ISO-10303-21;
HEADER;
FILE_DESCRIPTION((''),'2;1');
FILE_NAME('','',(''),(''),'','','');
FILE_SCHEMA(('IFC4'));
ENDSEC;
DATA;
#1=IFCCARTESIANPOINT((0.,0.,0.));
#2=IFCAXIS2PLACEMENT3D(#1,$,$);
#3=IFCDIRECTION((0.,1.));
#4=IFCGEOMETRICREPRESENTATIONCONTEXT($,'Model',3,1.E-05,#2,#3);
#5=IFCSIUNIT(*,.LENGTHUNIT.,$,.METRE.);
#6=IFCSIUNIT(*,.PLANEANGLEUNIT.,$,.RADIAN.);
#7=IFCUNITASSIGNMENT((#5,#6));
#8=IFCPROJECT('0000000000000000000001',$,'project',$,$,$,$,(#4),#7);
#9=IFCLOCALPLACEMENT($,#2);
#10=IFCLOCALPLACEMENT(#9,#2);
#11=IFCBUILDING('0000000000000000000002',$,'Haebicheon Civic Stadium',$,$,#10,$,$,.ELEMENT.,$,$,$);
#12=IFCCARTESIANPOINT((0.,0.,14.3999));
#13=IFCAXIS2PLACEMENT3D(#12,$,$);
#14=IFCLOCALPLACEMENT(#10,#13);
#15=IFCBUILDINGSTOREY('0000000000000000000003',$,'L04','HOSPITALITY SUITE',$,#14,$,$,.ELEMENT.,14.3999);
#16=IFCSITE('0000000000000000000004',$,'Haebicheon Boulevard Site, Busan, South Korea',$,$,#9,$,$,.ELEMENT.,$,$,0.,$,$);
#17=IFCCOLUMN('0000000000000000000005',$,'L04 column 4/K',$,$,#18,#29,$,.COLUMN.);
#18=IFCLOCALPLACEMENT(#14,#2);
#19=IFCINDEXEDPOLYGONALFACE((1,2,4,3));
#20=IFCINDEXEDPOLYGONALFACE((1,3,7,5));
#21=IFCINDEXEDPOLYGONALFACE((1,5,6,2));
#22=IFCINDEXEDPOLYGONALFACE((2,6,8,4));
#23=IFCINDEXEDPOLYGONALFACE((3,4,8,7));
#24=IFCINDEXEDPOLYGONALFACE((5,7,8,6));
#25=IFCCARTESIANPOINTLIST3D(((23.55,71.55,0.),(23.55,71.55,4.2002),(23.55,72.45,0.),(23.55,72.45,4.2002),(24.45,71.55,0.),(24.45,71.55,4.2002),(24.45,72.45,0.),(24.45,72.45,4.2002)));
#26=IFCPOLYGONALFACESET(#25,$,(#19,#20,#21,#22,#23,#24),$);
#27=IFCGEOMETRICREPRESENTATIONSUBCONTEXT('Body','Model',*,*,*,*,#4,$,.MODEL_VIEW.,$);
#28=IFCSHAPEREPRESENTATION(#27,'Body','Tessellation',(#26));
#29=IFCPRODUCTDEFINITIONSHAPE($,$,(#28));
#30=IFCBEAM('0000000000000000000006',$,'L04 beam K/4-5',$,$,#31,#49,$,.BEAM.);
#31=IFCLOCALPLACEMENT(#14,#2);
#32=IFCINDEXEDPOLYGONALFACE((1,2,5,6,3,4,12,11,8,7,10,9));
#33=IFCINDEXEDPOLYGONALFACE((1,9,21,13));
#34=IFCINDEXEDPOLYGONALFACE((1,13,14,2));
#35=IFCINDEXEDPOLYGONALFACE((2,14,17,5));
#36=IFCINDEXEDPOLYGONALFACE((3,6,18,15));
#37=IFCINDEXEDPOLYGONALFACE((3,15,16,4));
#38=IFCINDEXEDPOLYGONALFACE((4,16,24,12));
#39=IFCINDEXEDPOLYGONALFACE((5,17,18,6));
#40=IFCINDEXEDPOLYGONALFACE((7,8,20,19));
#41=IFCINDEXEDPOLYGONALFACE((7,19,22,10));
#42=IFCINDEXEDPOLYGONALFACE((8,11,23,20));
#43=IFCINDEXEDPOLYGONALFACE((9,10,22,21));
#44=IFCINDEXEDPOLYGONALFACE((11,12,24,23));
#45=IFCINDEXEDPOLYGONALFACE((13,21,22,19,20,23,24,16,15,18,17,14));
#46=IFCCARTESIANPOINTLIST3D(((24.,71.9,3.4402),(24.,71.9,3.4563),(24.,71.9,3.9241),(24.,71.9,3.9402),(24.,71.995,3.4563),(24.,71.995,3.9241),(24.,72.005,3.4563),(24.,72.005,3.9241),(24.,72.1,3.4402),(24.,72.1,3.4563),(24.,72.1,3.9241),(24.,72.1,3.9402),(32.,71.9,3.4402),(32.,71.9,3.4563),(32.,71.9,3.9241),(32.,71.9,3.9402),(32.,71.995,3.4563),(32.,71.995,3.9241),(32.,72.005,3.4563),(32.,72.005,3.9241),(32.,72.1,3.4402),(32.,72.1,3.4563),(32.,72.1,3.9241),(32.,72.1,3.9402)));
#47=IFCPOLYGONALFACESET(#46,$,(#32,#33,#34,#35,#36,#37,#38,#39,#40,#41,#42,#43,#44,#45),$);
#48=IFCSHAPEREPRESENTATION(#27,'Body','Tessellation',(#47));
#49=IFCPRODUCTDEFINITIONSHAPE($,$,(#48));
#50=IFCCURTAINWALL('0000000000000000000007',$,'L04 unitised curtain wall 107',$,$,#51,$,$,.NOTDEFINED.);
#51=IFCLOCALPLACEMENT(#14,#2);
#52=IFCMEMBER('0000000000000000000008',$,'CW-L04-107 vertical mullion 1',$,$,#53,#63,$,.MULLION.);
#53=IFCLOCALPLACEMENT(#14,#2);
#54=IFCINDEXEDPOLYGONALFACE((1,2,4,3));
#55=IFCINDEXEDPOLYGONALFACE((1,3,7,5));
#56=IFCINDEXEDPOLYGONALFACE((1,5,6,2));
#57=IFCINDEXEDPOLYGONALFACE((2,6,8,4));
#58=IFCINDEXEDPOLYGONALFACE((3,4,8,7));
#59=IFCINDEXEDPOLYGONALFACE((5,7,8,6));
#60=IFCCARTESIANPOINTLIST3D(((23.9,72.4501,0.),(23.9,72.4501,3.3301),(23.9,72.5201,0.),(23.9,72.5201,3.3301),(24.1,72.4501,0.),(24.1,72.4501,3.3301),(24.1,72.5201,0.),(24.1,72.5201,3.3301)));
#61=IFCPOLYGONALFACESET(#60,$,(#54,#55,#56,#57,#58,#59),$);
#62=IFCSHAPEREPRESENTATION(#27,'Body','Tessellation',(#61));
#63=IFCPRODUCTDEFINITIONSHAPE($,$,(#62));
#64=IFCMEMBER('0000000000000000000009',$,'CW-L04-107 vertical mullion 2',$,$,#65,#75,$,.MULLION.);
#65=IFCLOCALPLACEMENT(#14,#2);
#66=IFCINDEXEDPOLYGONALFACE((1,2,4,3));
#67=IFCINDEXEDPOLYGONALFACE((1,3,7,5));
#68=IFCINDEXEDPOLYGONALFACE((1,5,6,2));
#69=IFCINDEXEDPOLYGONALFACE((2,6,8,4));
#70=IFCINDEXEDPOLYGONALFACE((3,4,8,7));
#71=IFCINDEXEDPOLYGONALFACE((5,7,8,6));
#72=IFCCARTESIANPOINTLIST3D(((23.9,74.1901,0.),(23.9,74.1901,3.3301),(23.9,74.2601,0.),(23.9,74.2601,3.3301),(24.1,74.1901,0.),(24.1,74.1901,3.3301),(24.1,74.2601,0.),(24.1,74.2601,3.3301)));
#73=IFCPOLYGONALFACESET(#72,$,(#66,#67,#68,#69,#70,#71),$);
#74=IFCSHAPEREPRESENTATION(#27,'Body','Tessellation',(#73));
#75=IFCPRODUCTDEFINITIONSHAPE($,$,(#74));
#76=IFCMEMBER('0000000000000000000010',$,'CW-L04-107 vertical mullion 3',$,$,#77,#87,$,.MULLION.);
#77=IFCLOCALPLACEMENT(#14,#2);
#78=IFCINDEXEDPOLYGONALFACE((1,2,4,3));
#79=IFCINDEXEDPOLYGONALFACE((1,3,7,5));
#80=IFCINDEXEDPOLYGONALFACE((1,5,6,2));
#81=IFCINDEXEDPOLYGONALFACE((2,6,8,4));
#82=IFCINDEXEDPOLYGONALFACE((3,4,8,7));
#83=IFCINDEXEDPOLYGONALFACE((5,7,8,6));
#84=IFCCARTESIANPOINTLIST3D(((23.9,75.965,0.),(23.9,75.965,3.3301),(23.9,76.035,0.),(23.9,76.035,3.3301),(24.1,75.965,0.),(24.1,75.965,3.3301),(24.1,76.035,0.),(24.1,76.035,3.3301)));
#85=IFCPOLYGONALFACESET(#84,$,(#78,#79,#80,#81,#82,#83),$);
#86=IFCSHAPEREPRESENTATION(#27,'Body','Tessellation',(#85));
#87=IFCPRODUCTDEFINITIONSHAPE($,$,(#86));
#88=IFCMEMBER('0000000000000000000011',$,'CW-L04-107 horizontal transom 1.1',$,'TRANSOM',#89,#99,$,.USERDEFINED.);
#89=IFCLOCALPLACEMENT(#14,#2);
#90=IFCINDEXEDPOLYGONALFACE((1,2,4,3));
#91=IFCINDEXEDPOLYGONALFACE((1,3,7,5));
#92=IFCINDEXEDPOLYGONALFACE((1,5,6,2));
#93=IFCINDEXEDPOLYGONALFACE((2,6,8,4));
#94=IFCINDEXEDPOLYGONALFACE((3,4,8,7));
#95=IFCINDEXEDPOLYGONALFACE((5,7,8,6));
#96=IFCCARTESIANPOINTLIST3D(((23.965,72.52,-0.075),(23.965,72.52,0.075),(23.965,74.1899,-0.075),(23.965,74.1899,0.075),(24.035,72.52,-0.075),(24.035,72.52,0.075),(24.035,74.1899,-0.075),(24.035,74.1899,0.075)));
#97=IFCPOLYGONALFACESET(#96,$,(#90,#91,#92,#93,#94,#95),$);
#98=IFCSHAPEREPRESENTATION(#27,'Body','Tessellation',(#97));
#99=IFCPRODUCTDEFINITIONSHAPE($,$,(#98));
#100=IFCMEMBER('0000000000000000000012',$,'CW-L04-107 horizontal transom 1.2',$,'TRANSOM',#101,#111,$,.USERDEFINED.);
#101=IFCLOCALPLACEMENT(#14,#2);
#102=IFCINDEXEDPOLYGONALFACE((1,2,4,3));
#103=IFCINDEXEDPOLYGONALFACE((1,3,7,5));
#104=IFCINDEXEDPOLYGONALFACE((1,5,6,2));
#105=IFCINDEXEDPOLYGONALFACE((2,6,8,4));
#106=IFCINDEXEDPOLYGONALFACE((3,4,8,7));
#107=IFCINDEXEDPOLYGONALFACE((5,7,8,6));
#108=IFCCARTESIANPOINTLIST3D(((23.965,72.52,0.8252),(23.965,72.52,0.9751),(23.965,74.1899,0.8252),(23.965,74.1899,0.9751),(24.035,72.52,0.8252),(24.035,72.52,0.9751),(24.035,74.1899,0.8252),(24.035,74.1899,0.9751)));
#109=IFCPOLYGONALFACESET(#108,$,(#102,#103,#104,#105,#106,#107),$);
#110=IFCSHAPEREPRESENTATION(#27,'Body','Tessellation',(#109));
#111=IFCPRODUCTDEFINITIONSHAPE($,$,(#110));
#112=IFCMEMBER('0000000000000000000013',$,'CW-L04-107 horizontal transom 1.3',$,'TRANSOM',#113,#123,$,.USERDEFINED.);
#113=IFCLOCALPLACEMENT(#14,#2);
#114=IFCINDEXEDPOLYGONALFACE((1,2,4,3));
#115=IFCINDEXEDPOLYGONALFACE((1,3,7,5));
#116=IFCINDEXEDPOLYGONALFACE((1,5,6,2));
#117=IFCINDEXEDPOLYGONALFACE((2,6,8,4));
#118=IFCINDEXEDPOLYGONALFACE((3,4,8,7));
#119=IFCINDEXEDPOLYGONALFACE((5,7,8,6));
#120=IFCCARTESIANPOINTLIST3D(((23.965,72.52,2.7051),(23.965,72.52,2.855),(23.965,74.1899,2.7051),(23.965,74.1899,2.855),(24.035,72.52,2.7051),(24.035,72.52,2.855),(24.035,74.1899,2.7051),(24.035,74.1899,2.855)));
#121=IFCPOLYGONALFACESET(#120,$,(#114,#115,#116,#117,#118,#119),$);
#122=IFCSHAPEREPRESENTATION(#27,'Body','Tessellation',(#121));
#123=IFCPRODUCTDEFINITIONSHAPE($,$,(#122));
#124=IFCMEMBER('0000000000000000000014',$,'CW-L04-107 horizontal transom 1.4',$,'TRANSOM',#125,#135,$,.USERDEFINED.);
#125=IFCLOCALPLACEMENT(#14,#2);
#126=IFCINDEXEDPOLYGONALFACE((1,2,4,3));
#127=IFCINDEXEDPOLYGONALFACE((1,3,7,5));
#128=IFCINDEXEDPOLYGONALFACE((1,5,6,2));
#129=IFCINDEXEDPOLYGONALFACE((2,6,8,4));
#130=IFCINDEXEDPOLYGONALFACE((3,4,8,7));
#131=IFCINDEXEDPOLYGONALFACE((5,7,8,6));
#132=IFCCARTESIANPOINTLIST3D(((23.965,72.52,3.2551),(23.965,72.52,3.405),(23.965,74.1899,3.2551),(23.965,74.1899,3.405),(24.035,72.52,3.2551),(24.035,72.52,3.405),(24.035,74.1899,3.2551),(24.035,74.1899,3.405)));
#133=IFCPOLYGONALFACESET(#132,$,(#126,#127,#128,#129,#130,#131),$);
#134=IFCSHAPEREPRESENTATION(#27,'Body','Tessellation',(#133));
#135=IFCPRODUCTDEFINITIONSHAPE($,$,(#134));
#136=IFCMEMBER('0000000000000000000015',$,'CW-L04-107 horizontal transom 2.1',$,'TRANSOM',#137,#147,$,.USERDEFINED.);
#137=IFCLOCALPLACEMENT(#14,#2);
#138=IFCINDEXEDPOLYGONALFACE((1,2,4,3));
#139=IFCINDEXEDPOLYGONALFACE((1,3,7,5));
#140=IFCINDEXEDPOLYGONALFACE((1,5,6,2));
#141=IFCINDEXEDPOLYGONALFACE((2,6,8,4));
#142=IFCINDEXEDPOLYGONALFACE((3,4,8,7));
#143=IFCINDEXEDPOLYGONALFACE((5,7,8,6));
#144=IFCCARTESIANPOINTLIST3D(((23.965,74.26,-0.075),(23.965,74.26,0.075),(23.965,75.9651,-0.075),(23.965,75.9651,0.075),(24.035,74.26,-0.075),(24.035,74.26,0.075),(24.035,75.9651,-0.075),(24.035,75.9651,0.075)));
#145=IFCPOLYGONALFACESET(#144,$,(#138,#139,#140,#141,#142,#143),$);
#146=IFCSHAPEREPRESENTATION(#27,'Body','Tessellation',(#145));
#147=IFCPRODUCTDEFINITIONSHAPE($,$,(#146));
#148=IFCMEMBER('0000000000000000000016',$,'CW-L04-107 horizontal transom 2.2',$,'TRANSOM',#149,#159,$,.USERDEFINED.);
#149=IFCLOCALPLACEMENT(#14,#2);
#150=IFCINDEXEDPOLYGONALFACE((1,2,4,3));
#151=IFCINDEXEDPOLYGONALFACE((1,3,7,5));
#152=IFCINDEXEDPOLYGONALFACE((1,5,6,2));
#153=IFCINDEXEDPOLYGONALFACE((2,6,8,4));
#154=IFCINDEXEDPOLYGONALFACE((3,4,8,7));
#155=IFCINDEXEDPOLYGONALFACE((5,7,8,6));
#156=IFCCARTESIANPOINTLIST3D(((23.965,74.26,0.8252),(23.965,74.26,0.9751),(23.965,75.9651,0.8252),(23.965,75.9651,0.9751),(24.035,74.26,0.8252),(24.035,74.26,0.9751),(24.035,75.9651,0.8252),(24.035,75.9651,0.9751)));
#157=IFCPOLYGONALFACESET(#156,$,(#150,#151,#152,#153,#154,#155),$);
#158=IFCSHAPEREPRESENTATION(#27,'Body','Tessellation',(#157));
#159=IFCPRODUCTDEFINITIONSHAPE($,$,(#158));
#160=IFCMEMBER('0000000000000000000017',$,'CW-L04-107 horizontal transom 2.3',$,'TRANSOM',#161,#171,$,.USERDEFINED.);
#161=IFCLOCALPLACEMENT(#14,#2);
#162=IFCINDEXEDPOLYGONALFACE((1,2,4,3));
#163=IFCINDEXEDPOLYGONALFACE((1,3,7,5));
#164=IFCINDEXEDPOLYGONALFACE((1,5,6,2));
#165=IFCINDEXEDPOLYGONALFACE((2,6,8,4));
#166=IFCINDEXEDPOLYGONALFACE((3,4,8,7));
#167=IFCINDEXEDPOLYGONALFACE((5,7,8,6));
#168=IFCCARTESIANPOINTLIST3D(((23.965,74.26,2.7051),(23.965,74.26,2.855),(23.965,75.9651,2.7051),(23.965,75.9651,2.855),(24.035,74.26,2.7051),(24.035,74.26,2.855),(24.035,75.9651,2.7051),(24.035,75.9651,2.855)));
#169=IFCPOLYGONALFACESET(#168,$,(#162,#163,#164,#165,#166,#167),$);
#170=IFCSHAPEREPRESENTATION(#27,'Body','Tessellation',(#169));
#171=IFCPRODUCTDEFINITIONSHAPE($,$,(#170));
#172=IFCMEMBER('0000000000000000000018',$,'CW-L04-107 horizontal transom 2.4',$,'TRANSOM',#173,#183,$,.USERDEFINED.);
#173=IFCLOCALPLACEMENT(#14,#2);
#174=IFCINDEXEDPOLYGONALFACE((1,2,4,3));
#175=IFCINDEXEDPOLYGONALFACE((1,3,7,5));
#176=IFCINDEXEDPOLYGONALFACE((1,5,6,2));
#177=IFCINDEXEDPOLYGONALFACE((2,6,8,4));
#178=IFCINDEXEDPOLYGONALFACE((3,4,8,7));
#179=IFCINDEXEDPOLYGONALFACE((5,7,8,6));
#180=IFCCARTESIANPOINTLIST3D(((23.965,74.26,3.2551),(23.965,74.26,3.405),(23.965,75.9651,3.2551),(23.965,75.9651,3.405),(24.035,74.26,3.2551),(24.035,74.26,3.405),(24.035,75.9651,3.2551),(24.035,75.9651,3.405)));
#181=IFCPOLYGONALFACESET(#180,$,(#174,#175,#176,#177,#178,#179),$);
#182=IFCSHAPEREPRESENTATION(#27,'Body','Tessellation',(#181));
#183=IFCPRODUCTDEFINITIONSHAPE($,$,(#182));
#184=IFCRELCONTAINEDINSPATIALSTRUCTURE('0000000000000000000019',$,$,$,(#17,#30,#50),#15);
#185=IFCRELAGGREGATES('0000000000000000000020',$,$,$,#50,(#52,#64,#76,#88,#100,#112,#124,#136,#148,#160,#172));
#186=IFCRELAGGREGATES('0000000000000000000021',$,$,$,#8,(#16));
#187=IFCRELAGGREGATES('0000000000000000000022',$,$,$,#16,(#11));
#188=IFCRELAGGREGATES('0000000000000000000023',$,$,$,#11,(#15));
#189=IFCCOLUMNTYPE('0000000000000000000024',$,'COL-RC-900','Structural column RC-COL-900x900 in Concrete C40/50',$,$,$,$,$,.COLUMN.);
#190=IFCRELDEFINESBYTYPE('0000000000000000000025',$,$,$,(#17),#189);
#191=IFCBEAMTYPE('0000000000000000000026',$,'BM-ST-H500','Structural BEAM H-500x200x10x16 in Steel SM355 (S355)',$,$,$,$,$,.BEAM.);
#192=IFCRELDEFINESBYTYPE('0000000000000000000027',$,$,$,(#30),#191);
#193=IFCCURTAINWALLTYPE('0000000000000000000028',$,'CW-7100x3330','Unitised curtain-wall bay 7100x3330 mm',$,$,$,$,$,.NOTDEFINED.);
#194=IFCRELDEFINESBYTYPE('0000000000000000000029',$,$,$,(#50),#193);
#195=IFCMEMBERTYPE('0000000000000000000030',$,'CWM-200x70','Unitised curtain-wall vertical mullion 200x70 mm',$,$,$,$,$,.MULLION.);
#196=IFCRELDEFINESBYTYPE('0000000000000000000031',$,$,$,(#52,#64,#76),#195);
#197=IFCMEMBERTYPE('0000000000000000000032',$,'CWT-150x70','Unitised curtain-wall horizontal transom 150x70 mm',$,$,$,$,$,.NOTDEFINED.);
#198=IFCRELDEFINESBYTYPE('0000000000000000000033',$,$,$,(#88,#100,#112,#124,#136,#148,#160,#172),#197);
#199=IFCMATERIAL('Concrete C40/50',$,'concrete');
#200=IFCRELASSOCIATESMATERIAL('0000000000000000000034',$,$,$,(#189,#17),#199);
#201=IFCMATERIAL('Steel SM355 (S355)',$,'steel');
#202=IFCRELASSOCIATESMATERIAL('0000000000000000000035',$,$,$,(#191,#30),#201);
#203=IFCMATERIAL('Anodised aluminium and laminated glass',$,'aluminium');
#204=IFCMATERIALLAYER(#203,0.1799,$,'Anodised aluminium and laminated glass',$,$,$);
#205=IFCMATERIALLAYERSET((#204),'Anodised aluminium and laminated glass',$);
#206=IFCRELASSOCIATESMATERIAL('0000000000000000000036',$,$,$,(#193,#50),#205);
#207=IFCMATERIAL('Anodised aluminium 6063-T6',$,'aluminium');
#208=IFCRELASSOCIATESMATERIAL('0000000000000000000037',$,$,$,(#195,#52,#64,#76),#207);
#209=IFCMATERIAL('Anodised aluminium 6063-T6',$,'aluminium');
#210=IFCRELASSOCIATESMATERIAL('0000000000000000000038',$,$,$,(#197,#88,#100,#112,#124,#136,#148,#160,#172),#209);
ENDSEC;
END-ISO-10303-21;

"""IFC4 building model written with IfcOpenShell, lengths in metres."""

from ifc_helpers import new_model, si_unit, direction, frame, origin, origin_2d, place, context, subcontext, project, spatial, rectangle, i_section, extrude, material, layer, layer_set, material_profile, profile_set, type_object, element, aggregate, save


model = new_model("IFC4")

# Units and contexts
model_context = context("Model", 3, precision=1e-05, world=origin(), true_north=direction((0.0, 1.0)))
body_context = subcontext(model_context, "Body", "Model", "MODEL_VIEW")
ifc_project = project(units=[si_unit("LENGTHUNIT", "METRE"), si_unit("PLANEANGLEUNIT", "RADIAN")], contexts=[model_context])

# Site, building, storey
site_placement = place(None, origin())
site = spatial("IfcSite", under=ifc_project, at=site_placement, Name="Haebicheon Boulevard Site, Busan, South Korea", CompositionType="ELEMENT", RefElevation=0.0)
building_placement = place(site_placement, origin())
building = spatial("IfcBuilding", under=site, at=building_placement, Name="Haebicheon Civic Stadium", CompositionType="ELEMENT")
storey_placement = place(building_placement, frame((0.0, 0.0, 14.3999)))
storey = spatial("IfcBuildingStorey", under=building, at=storey_placement, Name="L04", Description="HOSPITALITY SUITE", CompositionType="ELEMENT", Elevation=14.3999)

# Column
ifc_material_1 = material(Name="Concrete C40/50", Category="concrete")
ifc_material_profile_1 = material_profile(ifc_material_1, rectangle(XDim=0.8999, YDim=0.8999, at=origin_2d()), Name="RC-COL-900x900")
ifc_profile_set_1 = profile_set([ifc_material_profile_1], Name="Concrete C40/50")
column_type = type_object("IfcColumnType", Name="COL-RC-900", Description="Structural column RC-COL-900x900 in Concrete C40/50", PredefinedType="COLUMN", material=ifc_profile_set_1)
column_placement = place(storey_placement, frame((24.0, 72.0, 0.0), z_axis=(0.0, 0.0, 1.0), x_axis=(1.0, 0.0, 0.0)))
element("IfcColumn", 1, at=column_placement, inside=storey, type_object=column_type, material=ifc_profile_set_1, Name="L04 column 4/K", PredefinedType="COLUMN", context=body_context, shape_type="SweptSolid", body=[
    extrude(rectangle(XDim=0.8999, YDim=0.8999, at=origin_2d()), origin(), (0.0, 0.0, 1.0), 4.2002),
])

# Beam
ifc_material_2 = material(Name="Steel SM355 (S355)", Category="steel")
ifc_material_profile_2 = material_profile(ifc_material_2, i_section(OverallWidth=0.2, OverallDepth=0.5, WebThickness=0.01, FlangeThickness=0.0161, at=origin_2d()), Name="H-500x200x10x16")
ifc_profile_set_2 = profile_set([ifc_material_profile_2], Name="Steel SM355 (S355)")
beam_type_1 = type_object("IfcBeamType", Name="BM-ST-H500", Description="Structural BEAM H-500x200x10x16 in Steel SM355 (S355)", PredefinedType="BEAM", material=ifc_profile_set_2)
beam_1_placement = place(storey_placement, frame((24.0, 72.0, 3.6902), z_axis=(1.0, 0.0, 0.0), x_axis=(0.0, 1.0, 0.0)))
element("IfcBeam", 2, at=beam_1_placement, inside=storey, type_object=beam_type_1, material=ifc_profile_set_2, Name="L04 beam K/4-5", PredefinedType="BEAM", context=body_context, shape_type="SweptSolid", body=[
    extrude(i_section(OverallWidth=0.2, OverallDepth=0.5, WebThickness=0.01, FlangeThickness=0.0161, at=origin_2d()), origin(), (0.0, 0.0, 1.0), 8.0),
])

# Curtain wall, members
ifc_material_3 = material(Name="Anodised aluminium and laminated glass", Category="aluminium")
ifc_layer_1 = layer(ifc_material_3, 0.1799, Name="Anodised aluminium and laminated glass")
ifc_layer_set_1 = layer_set([ifc_layer_1], Name="Anodised aluminium and laminated glass")
curtain_wall_type = type_object("IfcCurtainWallType", Name="CW-7100x3330", Description="Unitised curtain-wall bay 7100x3330 mm", PredefinedType="NOTDEFINED", material=ifc_layer_set_1)
curtain_wall_placement = place(storey_placement, origin())
curtain_wall = element("IfcCurtainWall", 3, at=curtain_wall_placement, inside=storey, type_object=curtain_wall_type, material=ifc_layer_set_1, Name="L04 unitised curtain wall 107", PredefinedType="NOTDEFINED")
ifc_material_4 = material(Name="Anodised aluminium 6063-T6", Category="aluminium")
ifc_material_profile_3 = material_profile(ifc_material_4, rectangle(XDim=0.0701, YDim=0.2, at=origin_2d()), Name="ALU-MULL-70x200")
ifc_profile_set_3 = profile_set([ifc_material_profile_3], Name="Anodised aluminium 6063-T6")
member_type_1 = type_object("IfcMemberType", Name="CWM-200x70", Description="Unitised curtain-wall vertical mullion 200x70 mm", PredefinedType="MULLION", material=ifc_profile_set_3)
member_1_placement = place(storey_placement, frame((24.0, 72.4851, 0.0), z_axis=(0.0, 0.0, 1.0), x_axis=(0.0, 1.0, 0.0)))
member_1 = element("IfcMember", 4, at=member_1_placement, type_object=member_type_1, material=ifc_profile_set_3, Name="CW-L04-107 vertical mullion 1", PredefinedType="MULLION", context=body_context, shape_type="SweptSolid", body=[
    extrude(rectangle(XDim=0.0701, YDim=0.2, at=origin_2d()), origin(), (0.0, 0.0, 1.0), 3.3301),
])
member_2_placement = place(storey_placement, frame((24.0, 74.2251, 0.0), z_axis=(0.0, 0.0, 1.0), x_axis=(0.0, 1.0, 0.0)))
member_2 = element("IfcMember", 5, at=member_2_placement, type_object=member_type_1, material=ifc_profile_set_3, Name="CW-L04-107 vertical mullion 2", PredefinedType="MULLION", context=body_context, shape_type="SweptSolid", body=[
    extrude(rectangle(XDim=0.0701, YDim=0.2, at=origin_2d()), origin(), (0.0, 0.0, 1.0), 3.3301),
])
member_3_placement = place(storey_placement, frame((24.0, 76.0, 0.0), z_axis=(0.0, 0.0, 1.0), x_axis=(0.0, 1.0, 0.0)))
member_3 = element("IfcMember", 6, at=member_3_placement, type_object=member_type_1, material=ifc_profile_set_3, Name="CW-L04-107 vertical mullion 3", PredefinedType="MULLION", context=body_context, shape_type="SweptSolid", body=[
    extrude(rectangle(XDim=0.0701, YDim=0.2, at=origin_2d()), origin(), (0.0, 0.0, 1.0), 3.3301),
])
ifc_material_5 = material(Name="Anodised aluminium 6063-T6", Category="aluminium")
ifc_material_profile_4 = material_profile(ifc_material_5, rectangle(XDim=0.0701, YDim=0.1499, at=origin_2d()), Name="ALU-TRAN-70x150")
ifc_profile_set_4 = profile_set([ifc_material_profile_4], Name="Anodised aluminium 6063-T6")
member_type_2 = type_object("IfcMemberType", Name="CWT-150x70", Description="Unitised curtain-wall horizontal transom 150x70 mm", PredefinedType="NOTDEFINED", material=ifc_profile_set_4)
member_4_placement = place(storey_placement, frame((24.0, 72.52, 0.0), z_axis=(0.0, 1.0, 0.0), x_axis=(-1.0, 0.0, 0.0)))
member_4 = element("IfcMember", 7, at=member_4_placement, type_object=member_type_2, material=ifc_profile_set_4, Name="CW-L04-107 horizontal transom 1.1", ObjectType="TRANSOM", PredefinedType="USERDEFINED", context=body_context, shape_type="SweptSolid", body=[
    extrude(rectangle(XDim=0.0701, YDim=0.1499, at=origin_2d()), origin(), (0.0, 0.0, 1.0), 1.6699),
])
member_5_placement = place(storey_placement, frame((24.0, 72.52, 0.9001), z_axis=(0.0, 1.0, 0.0), x_axis=(-1.0, 0.0, 0.0)))
member_5 = element("IfcMember", 8, at=member_5_placement, type_object=member_type_2, material=ifc_profile_set_4, Name="CW-L04-107 horizontal transom 1.2", ObjectType="TRANSOM", PredefinedType="USERDEFINED", context=body_context, shape_type="SweptSolid", body=[
    extrude(rectangle(XDim=0.0701, YDim=0.1499, at=origin_2d()), origin(), (0.0, 0.0, 1.0), 1.6699),
])
member_6_placement = place(storey_placement, frame((24.0, 72.52, 2.78), z_axis=(0.0, 1.0, 0.0), x_axis=(-1.0, 0.0, 0.0)))
member_6 = element("IfcMember", 9, at=member_6_placement, type_object=member_type_2, material=ifc_profile_set_4, Name="CW-L04-107 horizontal transom 1.3", ObjectType="TRANSOM", PredefinedType="USERDEFINED", context=body_context, shape_type="SweptSolid", body=[
    extrude(rectangle(XDim=0.0701, YDim=0.1499, at=origin_2d()), origin(), (0.0, 0.0, 1.0), 1.6699),
])
member_7_placement = place(storey_placement, frame((24.0, 72.52, 3.3301), z_axis=(0.0, 1.0, 0.0), x_axis=(-1.0, 0.0, 0.0)))
member_7 = element("IfcMember", 10, at=member_7_placement, type_object=member_type_2, material=ifc_profile_set_4, Name="CW-L04-107 horizontal transom 1.4", ObjectType="TRANSOM", PredefinedType="USERDEFINED", context=body_context, shape_type="SweptSolid", body=[
    extrude(rectangle(XDim=0.0701, YDim=0.1499, at=origin_2d()), origin(), (0.0, 0.0, 1.0), 1.6699),
])
member_8_placement = place(storey_placement, frame((24.0, 74.26, 0.0), z_axis=(0.0, 1.0, 0.0), x_axis=(-1.0, 0.0, 0.0)))
member_8 = element("IfcMember", 11, at=member_8_placement, type_object=member_type_2, material=ifc_profile_set_4, Name="CW-L04-107 horizontal transom 2.1", ObjectType="TRANSOM", PredefinedType="USERDEFINED", context=body_context, shape_type="SweptSolid", body=[
    extrude(rectangle(XDim=0.0701, YDim=0.1499, at=origin_2d()), origin(), (0.0, 0.0, 1.0), 1.7051),
])
member_9_placement = place(storey_placement, frame((24.0, 74.26, 0.9001), z_axis=(0.0, 1.0, 0.0), x_axis=(-1.0, 0.0, 0.0)))
member_9 = element("IfcMember", 12, at=member_9_placement, type_object=member_type_2, material=ifc_profile_set_4, Name="CW-L04-107 horizontal transom 2.2", ObjectType="TRANSOM", PredefinedType="USERDEFINED", context=body_context, shape_type="SweptSolid", body=[
    extrude(rectangle(XDim=0.0701, YDim=0.1499, at=origin_2d()), origin(), (0.0, 0.0, 1.0), 1.7051),
])
member_10_placement = place(storey_placement, frame((24.0, 74.26, 2.78), z_axis=(0.0, 1.0, 0.0), x_axis=(-1.0, 0.0, 0.0)))
member_10 = element("IfcMember", 13, at=member_10_placement, type_object=member_type_2, material=ifc_profile_set_4, Name="CW-L04-107 horizontal transom 2.3", ObjectType="TRANSOM", PredefinedType="USERDEFINED", context=body_context, shape_type="SweptSolid", body=[
    extrude(rectangle(XDim=0.0701, YDim=0.1499, at=origin_2d()), origin(), (0.0, 0.0, 1.0), 1.7051),
])
member_11_placement = place(storey_placement, frame((24.0, 74.26, 3.3301), z_axis=(0.0, 1.0, 0.0), x_axis=(-1.0, 0.0, 0.0)))
member_11 = element("IfcMember", 14, at=member_11_placement, type_object=member_type_2, material=ifc_profile_set_4, Name="CW-L04-107 horizontal transom 2.4", ObjectType="TRANSOM", PredefinedType="USERDEFINED", context=body_context, shape_type="SweptSolid", body=[
    extrude(rectangle(XDim=0.0701, YDim=0.1499, at=origin_2d()), origin(), (0.0, 0.0, 1.0), 1.7051),
])

aggregate(curtain_wall, [member_1, member_2, member_3, member_4, member_5, member_6, member_7, member_8, member_9, member_10, member_11])

save(model, "model.ifc")
